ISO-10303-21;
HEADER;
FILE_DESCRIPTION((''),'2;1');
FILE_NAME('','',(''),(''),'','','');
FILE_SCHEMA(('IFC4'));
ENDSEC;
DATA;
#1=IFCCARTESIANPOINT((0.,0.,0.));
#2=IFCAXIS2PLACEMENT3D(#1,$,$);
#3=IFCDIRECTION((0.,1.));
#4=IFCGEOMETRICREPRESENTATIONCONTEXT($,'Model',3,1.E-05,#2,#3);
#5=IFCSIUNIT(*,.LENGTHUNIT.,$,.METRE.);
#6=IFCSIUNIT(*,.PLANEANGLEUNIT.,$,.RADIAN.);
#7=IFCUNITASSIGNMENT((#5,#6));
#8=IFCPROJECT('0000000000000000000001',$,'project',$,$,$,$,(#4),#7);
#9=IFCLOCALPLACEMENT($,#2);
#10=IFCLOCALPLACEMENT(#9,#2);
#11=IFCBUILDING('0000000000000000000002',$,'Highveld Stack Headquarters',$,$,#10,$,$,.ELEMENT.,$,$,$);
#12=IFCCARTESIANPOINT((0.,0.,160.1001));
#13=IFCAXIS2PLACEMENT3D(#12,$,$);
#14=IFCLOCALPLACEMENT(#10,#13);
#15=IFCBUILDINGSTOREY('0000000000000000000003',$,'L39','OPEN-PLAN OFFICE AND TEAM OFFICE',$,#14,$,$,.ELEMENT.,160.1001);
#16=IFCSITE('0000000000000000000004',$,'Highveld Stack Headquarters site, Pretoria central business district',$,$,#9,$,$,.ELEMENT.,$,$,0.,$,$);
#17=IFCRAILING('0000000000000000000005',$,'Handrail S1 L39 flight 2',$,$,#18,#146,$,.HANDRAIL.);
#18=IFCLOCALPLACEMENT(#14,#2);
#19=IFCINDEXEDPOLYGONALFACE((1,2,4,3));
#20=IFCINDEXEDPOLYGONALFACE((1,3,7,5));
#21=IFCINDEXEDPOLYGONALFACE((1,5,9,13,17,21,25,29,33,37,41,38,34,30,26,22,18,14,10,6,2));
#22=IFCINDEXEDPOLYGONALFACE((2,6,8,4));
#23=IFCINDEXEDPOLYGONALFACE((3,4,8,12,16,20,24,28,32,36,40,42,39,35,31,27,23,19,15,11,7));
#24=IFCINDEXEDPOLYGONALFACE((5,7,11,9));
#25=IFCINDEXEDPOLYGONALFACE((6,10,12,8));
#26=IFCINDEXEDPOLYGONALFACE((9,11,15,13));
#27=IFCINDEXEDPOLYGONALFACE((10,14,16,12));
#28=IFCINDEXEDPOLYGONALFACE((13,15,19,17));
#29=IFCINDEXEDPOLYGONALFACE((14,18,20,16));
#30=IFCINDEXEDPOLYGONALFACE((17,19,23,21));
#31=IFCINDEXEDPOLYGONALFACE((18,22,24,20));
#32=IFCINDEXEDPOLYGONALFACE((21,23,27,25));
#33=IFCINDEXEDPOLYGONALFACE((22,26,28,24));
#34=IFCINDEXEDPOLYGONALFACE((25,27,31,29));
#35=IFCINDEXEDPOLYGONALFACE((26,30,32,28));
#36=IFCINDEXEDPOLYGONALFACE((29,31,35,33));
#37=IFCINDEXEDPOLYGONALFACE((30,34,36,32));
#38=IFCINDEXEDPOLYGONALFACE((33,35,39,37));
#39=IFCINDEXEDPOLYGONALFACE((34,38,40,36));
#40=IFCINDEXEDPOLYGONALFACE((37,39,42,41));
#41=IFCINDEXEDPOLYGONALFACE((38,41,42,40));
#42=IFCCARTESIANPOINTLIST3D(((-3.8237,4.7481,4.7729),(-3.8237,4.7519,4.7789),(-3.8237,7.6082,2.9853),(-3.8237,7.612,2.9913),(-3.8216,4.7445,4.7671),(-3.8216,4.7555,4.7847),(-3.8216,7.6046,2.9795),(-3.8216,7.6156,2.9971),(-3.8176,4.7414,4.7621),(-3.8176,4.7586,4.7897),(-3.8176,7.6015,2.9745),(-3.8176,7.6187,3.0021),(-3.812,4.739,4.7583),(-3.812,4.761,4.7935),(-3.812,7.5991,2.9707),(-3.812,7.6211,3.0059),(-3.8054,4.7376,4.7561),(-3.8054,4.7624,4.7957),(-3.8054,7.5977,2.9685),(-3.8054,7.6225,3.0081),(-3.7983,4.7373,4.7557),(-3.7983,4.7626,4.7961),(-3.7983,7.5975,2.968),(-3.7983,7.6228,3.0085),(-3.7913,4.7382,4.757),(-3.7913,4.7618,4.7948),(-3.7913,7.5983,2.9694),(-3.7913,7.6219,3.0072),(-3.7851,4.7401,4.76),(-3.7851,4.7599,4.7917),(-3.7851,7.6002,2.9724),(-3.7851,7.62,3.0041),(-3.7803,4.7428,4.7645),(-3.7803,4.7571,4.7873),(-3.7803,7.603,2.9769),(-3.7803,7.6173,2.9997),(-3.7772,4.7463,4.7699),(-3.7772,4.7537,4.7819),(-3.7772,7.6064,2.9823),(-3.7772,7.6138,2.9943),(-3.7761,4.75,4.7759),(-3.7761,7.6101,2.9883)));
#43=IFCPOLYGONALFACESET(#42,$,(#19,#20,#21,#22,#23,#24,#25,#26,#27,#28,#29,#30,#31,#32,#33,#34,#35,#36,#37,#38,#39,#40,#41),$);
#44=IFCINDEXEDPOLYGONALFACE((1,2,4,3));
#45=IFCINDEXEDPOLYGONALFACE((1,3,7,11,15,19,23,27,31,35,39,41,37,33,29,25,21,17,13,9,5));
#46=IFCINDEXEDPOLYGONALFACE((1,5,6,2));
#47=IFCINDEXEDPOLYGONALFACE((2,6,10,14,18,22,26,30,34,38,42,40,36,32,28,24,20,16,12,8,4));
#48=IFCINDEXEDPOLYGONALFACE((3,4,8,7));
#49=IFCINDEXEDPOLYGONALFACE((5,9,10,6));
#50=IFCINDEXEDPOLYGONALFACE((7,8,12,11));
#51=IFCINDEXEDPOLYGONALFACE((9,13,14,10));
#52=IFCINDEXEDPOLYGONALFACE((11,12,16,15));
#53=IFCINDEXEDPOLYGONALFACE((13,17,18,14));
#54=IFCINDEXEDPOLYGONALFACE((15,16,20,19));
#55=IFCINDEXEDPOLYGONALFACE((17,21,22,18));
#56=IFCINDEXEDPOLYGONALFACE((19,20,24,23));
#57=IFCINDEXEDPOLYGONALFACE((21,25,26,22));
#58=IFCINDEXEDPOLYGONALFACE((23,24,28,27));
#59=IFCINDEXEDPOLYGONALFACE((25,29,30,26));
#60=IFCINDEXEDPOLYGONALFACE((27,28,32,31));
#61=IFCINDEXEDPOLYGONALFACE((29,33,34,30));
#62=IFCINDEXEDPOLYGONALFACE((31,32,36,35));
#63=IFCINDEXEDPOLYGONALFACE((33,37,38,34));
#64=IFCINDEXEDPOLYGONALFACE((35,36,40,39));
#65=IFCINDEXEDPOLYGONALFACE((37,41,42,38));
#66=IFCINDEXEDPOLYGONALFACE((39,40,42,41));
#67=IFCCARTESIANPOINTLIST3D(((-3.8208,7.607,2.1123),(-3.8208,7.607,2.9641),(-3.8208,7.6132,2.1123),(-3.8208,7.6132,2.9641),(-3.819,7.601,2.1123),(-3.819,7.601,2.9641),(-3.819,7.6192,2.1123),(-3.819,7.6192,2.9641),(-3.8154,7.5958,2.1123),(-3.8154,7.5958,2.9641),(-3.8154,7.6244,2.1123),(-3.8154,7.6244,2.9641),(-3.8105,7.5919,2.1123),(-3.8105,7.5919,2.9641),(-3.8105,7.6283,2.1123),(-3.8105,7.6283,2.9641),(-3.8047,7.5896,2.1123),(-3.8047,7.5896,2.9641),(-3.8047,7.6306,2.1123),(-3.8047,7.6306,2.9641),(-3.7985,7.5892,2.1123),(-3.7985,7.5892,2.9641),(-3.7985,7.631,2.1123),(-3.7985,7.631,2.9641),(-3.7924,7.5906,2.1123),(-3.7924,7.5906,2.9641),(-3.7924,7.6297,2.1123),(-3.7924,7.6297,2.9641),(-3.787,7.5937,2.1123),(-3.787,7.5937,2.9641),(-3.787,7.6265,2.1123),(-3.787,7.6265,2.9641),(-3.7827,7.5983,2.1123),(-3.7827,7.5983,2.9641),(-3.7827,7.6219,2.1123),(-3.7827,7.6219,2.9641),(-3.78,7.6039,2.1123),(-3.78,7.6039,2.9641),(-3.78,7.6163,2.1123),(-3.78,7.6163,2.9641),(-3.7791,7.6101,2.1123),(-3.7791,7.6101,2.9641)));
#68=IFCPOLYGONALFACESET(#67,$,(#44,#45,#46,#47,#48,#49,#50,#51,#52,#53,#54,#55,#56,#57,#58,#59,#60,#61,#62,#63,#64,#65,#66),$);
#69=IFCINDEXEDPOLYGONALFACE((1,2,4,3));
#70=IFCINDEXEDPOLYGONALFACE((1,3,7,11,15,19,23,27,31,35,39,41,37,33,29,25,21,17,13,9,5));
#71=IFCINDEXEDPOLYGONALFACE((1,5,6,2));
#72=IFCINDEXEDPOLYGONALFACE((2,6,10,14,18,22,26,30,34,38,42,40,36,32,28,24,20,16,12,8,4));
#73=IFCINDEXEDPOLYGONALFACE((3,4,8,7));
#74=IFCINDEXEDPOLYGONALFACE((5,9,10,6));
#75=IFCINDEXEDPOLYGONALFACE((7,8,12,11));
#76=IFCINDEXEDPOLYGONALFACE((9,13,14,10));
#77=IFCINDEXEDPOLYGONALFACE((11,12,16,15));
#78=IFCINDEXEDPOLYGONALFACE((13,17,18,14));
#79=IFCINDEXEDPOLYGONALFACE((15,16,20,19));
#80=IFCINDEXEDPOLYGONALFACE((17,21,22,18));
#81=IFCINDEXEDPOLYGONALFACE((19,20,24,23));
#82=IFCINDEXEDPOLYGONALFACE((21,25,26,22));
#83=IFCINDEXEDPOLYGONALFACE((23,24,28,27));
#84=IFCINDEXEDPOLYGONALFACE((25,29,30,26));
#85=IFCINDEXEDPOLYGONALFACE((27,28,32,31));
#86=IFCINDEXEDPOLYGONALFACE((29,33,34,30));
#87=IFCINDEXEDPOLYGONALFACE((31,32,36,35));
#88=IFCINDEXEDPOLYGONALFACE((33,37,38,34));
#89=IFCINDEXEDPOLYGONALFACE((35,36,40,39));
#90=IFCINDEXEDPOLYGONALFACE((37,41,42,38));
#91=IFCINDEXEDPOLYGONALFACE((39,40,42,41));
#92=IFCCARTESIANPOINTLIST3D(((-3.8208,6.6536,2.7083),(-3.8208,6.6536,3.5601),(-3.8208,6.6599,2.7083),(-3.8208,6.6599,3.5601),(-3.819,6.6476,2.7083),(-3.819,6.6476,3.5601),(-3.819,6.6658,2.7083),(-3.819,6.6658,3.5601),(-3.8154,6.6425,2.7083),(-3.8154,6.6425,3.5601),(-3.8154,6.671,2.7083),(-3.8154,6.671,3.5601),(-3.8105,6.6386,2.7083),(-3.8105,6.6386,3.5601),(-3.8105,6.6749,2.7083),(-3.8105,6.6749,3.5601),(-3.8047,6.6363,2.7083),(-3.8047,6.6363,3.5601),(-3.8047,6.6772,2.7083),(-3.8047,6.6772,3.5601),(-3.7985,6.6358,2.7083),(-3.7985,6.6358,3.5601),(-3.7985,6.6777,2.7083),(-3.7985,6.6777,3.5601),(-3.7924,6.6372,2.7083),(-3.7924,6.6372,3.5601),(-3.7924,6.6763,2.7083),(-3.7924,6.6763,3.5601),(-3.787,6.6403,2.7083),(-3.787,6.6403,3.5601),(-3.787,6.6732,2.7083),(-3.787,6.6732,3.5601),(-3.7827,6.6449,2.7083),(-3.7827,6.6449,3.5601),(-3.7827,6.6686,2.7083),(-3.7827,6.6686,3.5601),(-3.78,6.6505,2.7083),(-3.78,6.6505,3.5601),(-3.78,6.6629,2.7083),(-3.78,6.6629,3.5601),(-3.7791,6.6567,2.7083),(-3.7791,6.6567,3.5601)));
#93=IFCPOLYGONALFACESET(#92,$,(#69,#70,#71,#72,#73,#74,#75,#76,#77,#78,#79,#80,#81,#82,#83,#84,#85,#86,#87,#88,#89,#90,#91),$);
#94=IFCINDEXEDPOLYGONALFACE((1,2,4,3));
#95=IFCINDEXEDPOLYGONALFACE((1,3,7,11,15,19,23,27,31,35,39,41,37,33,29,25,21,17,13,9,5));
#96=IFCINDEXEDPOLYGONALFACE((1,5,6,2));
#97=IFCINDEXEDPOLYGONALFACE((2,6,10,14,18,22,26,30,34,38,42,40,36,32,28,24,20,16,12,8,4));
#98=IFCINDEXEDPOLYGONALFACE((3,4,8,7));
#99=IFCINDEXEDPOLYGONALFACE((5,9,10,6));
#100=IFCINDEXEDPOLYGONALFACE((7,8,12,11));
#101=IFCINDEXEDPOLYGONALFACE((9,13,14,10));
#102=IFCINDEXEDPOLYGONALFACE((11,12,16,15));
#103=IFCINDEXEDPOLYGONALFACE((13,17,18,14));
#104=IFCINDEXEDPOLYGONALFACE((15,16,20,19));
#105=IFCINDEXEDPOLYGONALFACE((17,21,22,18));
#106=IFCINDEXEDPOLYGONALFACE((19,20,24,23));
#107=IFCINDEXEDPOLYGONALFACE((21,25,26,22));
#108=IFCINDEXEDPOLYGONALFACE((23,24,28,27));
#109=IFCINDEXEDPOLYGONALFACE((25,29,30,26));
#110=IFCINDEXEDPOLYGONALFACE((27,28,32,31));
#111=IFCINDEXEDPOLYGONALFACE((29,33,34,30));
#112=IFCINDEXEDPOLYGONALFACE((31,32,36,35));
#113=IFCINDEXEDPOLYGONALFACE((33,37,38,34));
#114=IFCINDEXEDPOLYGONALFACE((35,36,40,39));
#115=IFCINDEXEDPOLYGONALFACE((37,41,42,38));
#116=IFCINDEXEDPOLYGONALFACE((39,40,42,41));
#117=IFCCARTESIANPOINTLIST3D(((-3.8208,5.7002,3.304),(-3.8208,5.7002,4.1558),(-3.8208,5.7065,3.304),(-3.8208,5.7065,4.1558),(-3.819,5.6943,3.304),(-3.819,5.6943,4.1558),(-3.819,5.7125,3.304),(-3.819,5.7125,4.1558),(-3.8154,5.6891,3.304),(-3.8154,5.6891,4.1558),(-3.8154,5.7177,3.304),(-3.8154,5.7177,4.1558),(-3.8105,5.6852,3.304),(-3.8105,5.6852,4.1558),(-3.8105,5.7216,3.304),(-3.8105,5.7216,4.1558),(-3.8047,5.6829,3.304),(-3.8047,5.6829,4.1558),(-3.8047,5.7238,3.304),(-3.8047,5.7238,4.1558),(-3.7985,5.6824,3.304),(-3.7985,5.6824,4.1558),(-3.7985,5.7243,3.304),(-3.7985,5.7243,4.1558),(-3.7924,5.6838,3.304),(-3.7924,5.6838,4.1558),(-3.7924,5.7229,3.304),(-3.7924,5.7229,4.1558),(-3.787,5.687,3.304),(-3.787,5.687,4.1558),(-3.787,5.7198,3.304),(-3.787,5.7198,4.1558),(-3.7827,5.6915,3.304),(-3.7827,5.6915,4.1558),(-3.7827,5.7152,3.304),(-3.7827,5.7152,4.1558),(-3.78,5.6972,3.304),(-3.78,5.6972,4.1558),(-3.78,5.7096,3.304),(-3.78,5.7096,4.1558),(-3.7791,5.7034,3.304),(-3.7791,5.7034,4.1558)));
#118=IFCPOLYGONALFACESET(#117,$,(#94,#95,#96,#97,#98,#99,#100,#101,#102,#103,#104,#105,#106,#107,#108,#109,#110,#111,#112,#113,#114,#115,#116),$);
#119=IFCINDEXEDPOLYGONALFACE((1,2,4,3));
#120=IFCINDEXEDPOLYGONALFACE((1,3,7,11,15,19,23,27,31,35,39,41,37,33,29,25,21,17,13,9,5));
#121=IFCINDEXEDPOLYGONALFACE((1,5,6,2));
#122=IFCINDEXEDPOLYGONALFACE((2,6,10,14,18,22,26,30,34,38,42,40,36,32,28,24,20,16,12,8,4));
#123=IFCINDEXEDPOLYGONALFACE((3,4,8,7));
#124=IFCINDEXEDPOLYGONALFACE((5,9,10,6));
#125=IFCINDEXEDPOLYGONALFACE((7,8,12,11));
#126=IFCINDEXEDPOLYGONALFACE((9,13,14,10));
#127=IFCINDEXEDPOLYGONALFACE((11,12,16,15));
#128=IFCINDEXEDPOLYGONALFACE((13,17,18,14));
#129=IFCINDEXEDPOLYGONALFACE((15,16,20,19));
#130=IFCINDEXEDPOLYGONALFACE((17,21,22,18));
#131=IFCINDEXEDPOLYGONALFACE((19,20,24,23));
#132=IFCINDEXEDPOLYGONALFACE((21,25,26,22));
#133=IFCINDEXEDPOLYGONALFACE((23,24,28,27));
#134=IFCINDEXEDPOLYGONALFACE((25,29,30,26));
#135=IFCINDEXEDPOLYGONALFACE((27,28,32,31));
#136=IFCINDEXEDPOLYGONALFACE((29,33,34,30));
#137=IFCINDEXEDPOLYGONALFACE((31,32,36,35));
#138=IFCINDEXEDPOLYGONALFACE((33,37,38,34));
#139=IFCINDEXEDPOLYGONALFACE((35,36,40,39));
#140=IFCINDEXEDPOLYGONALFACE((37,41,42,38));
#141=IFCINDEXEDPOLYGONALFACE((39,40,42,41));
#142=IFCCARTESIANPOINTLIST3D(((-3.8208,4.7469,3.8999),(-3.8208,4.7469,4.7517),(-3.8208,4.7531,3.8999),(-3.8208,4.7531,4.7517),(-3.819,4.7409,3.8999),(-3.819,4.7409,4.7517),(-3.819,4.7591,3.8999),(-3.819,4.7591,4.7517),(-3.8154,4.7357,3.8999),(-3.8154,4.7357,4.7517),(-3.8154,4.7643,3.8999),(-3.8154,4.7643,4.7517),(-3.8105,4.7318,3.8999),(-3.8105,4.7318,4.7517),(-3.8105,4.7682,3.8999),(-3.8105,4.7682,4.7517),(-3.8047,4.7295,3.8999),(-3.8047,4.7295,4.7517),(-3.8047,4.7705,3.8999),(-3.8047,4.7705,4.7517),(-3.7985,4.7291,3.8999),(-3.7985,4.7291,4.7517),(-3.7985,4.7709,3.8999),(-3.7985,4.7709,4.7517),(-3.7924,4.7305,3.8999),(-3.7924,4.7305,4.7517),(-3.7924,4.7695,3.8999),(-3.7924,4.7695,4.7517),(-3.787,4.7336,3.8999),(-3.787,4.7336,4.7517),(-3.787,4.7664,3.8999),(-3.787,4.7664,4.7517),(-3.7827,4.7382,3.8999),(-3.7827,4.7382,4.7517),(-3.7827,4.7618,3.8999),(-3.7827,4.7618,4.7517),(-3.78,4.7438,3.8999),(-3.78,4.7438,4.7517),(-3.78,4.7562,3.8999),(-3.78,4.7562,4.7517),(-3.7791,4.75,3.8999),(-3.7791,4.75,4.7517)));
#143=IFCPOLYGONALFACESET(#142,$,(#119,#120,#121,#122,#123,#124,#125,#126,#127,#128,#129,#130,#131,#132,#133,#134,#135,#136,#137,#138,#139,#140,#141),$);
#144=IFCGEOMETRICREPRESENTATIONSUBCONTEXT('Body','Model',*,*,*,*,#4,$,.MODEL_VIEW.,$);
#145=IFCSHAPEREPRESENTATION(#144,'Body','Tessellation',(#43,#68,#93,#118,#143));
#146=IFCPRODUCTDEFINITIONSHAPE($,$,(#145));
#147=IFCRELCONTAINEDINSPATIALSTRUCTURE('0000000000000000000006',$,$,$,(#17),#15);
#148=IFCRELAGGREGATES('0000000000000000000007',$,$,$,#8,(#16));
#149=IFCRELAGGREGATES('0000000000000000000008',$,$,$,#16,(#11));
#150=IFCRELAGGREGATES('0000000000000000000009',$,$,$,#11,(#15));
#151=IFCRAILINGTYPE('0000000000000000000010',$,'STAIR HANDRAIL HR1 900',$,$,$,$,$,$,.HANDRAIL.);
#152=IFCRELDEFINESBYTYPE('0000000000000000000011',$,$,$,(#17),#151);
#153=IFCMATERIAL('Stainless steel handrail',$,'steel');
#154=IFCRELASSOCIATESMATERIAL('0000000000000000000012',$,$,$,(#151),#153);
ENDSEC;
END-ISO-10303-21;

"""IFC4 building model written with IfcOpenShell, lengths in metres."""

from ifc_helpers import new_model, si_unit, direction, frame, origin, origin_2d, place, context, subcontext, project, spatial, circle, extrude, material, type_object, element, save


model = new_model("IFC4")

# Units and contexts
model_context = context("Model", 3, precision=1e-05, world=origin(), true_north=direction((0.0, 1.0)))
body_context = subcontext(model_context, "Body", "Model", "MODEL_VIEW")
ifc_project = project(units=[si_unit("LENGTHUNIT", "METRE"), si_unit("PLANEANGLEUNIT", "RADIAN")], contexts=[model_context])

# Site, building, storey
site_placement = place(None, origin())
site = spatial("IfcSite", under=ifc_project, at=site_placement, Name="Highveld Stack Headquarters site, Pretoria central business district", CompositionType="ELEMENT", RefElevation=0.0)
building_placement = place(site_placement, origin())
building = spatial("IfcBuilding", under=site, at=building_placement, Name="Highveld Stack Headquarters", CompositionType="ELEMENT")
storey_placement = place(building_placement, frame((0.0, 0.0, 160.1001)))
storey = spatial("IfcBuildingStorey", under=building, at=storey_placement, Name="L39", Description="OPEN-PLAN OFFICE AND TEAM OFFICE", CompositionType="ELEMENT", Elevation=160.1001)

# Railing
ifc_material_1 = material(Name="Stainless steel handrail", Category="steel")
railing_type = type_object("IfcRailingType", Name="STAIR HANDRAIL HR1 900", PredefinedType="HANDRAIL", material=ifc_material_1)
for number, where, name in (
    (1, (-3.8, 7.6101, 2.1123), "Handrail S1 L39 flight 2"),
):
    element("IfcRailing", number, at=place(storey_placement, frame(where)), inside=storey, type_object=railing_type, Name=name, PredefinedType="HANDRAIL", context=body_context, shape_type="SweptSolid", body=[
        extrude(circle(Radius=0.0239, at=origin_2d()), frame((0.0, 0.0, 0.876), z_axis=(0.0, -0.847994, 0.530005), x_axis=(1.0, 0.0, 0.0)), (0.0, 0.0, 1.0), 3.3728),
        extrude(circle(Radius=0.021, at=origin_2d()), origin(), (0.0, 0.0, 1.0), 0.8518),
        extrude(circle(Radius=0.021, at=origin_2d()), frame((0.0, -0.9534, 0.5959)), (0.0, 0.0, 1.0), 0.8518),
        extrude(circle(Radius=0.021, at=origin_2d()), frame((0.0, -1.9067, 1.1917)), (0.0, 0.0, 1.0), 0.8518),
        extrude(circle(Radius=0.021, at=origin_2d()), frame((0.0, -2.8601, 1.7876)), (0.0, 0.0, 1.0), 0.8518),
    ])

save(model, "model.ifc")
